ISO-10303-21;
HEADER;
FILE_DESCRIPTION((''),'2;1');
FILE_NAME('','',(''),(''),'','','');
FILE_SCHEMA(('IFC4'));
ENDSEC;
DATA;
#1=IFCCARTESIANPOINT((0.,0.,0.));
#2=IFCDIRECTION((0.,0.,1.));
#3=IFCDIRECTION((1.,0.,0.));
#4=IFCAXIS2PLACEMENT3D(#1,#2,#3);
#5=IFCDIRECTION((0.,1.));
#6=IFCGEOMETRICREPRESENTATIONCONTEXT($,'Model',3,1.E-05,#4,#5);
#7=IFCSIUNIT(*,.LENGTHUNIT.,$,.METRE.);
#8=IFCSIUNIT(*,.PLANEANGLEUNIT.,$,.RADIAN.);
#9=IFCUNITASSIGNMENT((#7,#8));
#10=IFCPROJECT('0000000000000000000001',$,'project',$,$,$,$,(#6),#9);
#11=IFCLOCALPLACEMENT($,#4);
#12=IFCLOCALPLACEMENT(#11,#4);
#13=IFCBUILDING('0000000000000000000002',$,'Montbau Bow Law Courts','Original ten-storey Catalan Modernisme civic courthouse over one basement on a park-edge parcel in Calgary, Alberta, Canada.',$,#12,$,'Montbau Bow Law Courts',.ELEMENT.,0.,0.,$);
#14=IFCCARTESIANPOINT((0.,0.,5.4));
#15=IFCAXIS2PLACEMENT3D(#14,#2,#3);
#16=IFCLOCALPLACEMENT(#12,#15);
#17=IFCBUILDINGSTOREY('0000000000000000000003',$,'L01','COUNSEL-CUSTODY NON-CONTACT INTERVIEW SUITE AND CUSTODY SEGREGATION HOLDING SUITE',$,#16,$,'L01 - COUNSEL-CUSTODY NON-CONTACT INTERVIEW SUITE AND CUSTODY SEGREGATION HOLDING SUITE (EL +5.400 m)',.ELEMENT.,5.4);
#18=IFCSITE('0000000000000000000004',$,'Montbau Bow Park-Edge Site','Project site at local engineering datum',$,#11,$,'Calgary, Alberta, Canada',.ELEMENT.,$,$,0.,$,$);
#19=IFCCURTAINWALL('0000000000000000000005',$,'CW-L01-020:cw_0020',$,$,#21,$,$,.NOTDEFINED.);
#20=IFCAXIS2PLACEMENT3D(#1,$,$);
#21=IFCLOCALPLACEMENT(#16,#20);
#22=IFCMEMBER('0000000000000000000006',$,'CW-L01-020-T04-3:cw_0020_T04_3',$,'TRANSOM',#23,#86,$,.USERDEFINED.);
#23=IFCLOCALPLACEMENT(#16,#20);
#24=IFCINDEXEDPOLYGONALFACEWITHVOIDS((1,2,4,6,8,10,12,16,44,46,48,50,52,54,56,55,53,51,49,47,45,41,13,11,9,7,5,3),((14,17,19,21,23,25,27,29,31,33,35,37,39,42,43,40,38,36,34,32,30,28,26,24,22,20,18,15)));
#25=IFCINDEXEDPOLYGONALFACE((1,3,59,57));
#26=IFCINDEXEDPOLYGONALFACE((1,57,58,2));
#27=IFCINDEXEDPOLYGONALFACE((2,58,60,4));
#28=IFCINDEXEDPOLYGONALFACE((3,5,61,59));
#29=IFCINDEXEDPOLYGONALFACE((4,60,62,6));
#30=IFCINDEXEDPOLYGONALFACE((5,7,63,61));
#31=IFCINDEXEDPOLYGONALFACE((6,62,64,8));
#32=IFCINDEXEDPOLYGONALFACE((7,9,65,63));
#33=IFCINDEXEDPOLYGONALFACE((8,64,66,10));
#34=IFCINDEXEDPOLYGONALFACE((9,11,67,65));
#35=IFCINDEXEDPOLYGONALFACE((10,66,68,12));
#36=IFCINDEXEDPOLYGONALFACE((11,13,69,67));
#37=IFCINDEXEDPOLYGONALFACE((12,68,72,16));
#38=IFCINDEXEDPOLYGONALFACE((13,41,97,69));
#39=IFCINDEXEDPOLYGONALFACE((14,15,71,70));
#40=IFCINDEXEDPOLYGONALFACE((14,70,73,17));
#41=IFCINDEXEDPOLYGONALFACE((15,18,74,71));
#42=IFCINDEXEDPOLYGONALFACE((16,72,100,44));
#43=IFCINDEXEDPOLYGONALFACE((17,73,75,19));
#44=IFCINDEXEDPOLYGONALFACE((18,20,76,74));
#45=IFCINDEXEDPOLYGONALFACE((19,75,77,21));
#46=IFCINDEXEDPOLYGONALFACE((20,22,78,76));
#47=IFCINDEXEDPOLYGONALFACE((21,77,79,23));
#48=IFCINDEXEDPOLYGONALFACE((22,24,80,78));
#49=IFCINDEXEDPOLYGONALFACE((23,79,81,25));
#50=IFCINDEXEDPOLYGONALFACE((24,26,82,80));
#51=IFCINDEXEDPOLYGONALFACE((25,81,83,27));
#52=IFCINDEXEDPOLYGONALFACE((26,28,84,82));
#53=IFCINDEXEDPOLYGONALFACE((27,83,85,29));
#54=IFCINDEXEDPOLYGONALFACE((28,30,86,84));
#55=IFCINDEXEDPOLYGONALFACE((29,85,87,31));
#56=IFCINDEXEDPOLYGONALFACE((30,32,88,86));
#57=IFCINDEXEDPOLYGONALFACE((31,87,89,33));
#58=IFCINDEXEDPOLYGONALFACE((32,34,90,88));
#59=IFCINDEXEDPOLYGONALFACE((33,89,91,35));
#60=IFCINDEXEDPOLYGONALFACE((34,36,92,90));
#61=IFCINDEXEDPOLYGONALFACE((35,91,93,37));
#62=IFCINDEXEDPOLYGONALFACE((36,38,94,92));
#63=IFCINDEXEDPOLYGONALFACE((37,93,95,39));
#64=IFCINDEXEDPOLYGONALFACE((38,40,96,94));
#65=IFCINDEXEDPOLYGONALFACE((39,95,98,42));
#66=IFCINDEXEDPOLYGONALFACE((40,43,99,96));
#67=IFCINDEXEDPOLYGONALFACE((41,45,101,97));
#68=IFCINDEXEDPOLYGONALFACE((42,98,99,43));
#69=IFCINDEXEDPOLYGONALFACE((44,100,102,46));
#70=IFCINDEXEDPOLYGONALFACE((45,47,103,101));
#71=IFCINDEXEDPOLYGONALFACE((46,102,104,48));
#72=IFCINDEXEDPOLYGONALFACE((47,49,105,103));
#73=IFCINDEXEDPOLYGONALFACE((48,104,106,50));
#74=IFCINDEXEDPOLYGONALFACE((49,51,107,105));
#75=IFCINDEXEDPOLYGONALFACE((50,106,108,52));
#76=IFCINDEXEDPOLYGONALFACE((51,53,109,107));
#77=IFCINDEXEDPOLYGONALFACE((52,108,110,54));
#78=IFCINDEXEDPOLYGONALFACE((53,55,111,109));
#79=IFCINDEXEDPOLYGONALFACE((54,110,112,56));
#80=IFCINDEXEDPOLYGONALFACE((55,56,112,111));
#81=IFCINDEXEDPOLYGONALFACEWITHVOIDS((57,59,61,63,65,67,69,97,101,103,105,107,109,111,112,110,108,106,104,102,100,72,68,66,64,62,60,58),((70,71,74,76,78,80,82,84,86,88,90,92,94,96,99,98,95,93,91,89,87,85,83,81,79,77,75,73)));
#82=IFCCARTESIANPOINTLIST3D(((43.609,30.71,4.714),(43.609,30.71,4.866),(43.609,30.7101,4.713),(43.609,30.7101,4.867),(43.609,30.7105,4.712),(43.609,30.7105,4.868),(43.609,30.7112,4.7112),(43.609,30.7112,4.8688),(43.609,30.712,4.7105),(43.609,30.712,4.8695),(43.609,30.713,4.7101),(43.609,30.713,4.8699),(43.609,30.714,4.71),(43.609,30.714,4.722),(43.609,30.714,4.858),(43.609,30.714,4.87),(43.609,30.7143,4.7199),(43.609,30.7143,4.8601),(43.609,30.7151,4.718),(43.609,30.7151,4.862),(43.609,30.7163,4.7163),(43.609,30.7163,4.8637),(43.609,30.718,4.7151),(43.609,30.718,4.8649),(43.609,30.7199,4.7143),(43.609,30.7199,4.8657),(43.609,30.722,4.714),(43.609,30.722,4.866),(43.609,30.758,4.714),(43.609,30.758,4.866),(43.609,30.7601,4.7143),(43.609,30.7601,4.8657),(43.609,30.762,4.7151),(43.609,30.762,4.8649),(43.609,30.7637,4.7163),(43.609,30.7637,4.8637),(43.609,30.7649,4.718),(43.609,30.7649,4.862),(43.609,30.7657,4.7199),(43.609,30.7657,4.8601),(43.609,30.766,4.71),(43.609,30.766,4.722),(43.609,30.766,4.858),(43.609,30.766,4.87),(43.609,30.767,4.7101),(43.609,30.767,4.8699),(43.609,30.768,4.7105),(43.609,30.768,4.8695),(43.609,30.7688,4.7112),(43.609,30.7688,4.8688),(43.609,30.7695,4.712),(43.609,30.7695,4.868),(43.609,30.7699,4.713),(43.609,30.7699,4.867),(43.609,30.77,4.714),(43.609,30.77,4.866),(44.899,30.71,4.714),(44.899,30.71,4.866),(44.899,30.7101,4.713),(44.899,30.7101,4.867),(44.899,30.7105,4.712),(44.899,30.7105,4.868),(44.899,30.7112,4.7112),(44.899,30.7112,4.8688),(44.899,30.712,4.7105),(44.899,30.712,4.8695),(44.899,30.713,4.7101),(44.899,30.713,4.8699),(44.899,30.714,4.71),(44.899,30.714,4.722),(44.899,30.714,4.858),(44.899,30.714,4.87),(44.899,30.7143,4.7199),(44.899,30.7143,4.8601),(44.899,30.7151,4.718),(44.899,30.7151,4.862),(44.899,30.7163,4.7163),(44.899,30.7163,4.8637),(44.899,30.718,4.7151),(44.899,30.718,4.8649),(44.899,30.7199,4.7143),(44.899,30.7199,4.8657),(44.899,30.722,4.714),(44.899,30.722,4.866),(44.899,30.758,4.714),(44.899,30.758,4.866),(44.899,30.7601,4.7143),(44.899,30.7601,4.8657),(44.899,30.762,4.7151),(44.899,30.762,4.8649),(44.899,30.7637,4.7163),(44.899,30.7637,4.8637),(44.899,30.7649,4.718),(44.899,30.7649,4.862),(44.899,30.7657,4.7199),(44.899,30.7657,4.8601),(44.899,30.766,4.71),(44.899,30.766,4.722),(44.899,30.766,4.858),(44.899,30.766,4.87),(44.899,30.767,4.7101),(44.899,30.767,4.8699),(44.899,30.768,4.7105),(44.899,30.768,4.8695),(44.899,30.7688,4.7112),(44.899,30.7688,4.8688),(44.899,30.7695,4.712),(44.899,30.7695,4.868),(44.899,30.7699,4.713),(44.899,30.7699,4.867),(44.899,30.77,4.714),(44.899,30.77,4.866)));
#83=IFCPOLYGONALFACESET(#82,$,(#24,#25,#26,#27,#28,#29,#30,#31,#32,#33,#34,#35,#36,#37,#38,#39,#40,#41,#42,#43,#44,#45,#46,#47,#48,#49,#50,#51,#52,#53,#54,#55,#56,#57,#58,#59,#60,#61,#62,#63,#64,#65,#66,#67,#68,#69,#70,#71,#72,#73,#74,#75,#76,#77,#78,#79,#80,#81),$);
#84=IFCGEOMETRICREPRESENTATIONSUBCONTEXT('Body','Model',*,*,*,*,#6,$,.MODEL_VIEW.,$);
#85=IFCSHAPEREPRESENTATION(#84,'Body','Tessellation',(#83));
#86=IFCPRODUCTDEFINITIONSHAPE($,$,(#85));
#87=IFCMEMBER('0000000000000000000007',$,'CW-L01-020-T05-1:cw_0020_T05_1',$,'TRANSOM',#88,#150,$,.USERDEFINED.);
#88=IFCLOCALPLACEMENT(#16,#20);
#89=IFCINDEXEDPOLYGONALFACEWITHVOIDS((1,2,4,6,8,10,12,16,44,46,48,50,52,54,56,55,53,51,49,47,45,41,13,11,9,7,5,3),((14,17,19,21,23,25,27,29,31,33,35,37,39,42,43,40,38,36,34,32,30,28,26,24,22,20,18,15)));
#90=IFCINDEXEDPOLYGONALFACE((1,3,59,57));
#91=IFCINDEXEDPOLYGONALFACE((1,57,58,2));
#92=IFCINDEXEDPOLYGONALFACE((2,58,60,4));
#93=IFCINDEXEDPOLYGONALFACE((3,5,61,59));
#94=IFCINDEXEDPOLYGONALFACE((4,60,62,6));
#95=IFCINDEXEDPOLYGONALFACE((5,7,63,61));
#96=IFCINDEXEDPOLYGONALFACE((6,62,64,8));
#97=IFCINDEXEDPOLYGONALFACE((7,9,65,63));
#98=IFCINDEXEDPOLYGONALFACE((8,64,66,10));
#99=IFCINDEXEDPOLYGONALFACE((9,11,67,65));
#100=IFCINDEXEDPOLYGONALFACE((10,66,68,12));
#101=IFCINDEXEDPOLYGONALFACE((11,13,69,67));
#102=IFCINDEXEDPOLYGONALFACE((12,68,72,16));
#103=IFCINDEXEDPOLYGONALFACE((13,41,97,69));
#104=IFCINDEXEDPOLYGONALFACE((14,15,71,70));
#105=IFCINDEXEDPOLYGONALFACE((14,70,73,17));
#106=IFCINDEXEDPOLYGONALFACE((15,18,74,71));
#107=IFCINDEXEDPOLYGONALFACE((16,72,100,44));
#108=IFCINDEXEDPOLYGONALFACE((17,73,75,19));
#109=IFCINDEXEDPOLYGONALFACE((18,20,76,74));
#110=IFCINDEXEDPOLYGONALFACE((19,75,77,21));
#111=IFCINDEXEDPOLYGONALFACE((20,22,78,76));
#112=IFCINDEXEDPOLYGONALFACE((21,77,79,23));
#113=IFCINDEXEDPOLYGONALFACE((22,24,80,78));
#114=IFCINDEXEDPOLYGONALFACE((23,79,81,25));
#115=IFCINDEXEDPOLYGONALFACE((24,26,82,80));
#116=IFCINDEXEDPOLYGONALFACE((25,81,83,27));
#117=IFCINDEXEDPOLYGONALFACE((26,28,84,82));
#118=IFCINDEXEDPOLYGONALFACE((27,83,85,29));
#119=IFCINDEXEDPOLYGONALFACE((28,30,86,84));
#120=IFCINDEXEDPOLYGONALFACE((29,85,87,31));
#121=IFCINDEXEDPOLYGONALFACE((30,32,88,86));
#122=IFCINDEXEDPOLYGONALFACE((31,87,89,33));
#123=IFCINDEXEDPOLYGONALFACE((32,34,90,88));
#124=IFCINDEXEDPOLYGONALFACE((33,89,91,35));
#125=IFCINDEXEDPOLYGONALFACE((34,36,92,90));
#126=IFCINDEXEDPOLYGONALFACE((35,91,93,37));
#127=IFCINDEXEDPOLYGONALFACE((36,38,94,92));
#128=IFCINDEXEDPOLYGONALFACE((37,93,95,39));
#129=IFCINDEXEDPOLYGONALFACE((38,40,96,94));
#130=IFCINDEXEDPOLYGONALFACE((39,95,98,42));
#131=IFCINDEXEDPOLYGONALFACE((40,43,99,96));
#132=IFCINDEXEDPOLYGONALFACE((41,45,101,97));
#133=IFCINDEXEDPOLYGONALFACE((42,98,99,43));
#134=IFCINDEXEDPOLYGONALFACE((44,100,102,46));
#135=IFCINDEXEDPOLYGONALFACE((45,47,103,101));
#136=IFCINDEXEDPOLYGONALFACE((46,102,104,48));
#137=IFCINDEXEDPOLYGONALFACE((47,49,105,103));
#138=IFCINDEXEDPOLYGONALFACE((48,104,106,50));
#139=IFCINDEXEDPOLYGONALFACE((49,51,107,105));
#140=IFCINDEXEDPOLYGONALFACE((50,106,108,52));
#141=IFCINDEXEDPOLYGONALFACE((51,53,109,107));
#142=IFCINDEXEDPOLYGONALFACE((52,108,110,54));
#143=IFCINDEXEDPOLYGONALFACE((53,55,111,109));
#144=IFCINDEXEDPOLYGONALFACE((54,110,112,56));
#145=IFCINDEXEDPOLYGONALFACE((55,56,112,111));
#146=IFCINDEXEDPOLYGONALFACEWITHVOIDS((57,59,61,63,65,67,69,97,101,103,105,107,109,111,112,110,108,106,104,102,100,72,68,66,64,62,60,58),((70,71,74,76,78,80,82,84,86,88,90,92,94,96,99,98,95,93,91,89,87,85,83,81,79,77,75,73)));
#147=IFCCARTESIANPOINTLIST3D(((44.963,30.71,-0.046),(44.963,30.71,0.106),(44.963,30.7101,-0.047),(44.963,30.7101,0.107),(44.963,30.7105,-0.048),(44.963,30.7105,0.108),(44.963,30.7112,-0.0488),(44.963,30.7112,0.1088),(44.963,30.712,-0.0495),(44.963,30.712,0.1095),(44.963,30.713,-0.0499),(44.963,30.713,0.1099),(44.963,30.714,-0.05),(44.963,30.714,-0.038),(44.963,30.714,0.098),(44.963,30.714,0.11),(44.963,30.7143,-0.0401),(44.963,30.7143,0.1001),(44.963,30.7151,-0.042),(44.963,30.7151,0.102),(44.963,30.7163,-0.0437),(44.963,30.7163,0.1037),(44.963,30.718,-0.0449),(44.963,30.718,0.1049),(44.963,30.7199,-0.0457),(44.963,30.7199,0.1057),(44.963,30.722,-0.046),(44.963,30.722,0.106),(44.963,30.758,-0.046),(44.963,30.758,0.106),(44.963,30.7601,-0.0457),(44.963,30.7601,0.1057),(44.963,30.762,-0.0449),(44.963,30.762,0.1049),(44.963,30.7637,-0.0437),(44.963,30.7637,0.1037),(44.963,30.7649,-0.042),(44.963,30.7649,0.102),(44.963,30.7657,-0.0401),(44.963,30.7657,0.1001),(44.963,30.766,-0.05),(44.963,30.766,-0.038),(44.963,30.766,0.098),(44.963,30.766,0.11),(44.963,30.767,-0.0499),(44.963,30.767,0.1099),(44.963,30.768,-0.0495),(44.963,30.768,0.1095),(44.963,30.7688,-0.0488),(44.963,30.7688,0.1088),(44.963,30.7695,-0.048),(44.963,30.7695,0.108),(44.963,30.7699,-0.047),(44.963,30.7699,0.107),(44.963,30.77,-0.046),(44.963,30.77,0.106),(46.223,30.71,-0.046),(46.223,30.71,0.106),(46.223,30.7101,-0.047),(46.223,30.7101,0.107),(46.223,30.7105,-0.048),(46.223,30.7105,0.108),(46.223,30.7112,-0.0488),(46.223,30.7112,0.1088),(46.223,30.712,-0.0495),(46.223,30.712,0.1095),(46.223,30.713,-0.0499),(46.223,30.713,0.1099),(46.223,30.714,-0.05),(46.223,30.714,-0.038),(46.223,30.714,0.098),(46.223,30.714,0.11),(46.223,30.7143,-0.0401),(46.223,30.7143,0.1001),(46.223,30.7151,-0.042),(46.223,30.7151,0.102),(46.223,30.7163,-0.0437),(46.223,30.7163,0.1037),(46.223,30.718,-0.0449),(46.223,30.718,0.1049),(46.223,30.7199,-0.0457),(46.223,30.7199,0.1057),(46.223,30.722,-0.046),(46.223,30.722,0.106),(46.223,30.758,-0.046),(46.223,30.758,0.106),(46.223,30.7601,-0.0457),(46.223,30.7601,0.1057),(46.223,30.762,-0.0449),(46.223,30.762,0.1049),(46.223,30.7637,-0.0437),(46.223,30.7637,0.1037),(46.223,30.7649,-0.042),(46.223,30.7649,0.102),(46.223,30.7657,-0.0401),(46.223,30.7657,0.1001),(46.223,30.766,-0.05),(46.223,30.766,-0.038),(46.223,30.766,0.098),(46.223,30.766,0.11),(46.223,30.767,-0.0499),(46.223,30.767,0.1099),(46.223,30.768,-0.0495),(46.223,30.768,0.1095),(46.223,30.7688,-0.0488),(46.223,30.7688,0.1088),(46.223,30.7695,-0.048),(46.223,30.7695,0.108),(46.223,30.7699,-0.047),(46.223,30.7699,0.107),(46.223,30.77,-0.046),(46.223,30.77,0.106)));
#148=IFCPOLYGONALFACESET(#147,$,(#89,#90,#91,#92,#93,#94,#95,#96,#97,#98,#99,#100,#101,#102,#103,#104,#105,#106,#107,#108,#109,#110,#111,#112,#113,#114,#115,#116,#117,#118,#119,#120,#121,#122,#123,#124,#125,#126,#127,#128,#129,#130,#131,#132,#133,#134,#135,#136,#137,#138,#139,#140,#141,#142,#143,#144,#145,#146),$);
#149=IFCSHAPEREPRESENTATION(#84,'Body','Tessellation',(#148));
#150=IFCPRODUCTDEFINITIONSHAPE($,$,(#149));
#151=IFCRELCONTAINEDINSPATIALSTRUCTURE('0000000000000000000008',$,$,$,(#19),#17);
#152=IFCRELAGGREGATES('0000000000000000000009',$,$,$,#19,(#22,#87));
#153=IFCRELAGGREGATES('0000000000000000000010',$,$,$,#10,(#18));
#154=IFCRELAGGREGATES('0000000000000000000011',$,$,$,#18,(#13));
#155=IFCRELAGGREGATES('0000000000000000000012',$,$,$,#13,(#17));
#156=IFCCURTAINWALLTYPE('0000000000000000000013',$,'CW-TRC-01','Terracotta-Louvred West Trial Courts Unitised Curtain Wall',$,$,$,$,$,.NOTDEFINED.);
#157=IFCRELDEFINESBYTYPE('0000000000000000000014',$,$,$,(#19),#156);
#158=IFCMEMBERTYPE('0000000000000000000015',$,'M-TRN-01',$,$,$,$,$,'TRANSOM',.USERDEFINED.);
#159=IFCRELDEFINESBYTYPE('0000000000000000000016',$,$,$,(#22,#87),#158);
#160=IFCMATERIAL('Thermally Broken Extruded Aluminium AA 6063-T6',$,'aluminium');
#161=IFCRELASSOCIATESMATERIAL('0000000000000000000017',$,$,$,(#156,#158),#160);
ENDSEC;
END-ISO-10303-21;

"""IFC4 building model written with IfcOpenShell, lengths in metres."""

from ifc_helpers import new_model, si_unit, direction, frame, origin_with_axes, origin_2d_with_axis, place, context, subcontext, project, spatial, hollow_rectangle, extrude, material, material_profile, profile_set, type_object, element, aggregate, save


model = new_model("IFC4")

# Units and contexts
model_context = context("Model", 3, precision=1e-05, world=origin_with_axes(), true_north=direction((0.0, 1.0)))
body_context = subcontext(model_context, "Body", "Model", "MODEL_VIEW")
ifc_project = project(units=[si_unit("LENGTHUNIT", "METRE"), si_unit("PLANEANGLEUNIT", "RADIAN")], contexts=[model_context])

# Site, building, storey
site_placement = place(None, origin_with_axes())
site = spatial("IfcSite", under=ifc_project, at=site_placement, Name="Montbau Bow Park-Edge Site", Description="Project site at local engineering datum", LongName="Calgary, Alberta, Canada", CompositionType="ELEMENT", RefElevation=0.0)
building_placement = place(site_placement, origin_with_axes())
building = spatial("IfcBuilding", under=site, at=building_placement, Name="Montbau Bow Law Courts", Description="Original ten-storey Catalan Modernisme civic courthouse over one basement on a park-edge parcel in Calgary, Alberta, Canada.", LongName="Montbau Bow Law Courts", CompositionType="ELEMENT", ElevationOfRefHeight=0.0, ElevationOfTerrain=0.0)
storey_placement = place(building_placement, frame((0.0, 0.0, 5.4), z_axis=(0.0, 0.0, 1.0), x_axis=(1.0, 0.0, 0.0)))
storey = spatial("IfcBuildingStorey", under=building, at=storey_placement, Name="L01", Description="COUNSEL-CUSTODY NON-CONTACT INTERVIEW SUITE AND CUSTODY SEGREGATION HOLDING SUITE", LongName="L01 - COUNSEL-CUSTODY NON-CONTACT INTERVIEW SUITE AND CUSTODY SEGREGATION HOLDING SUITE (EL +5.400 m)", CompositionType="ELEMENT", Elevation=5.4)

# Curtain wall
ifc_material_1 = material(Name="Thermally Broken Extruded Aluminium AA 6063-T6", Category="aluminium")
curtain_wall_type = type_object("IfcCurtainWallType", Name="CW-TRC-01", Description="Terracotta-Louvred West Trial Courts Unitised Curtain Wall", PredefinedType="NOTDEFINED", material=ifc_material_1)
curtain_wall_1_placement = place(None, frame((39.515, 30.74, 5.4), z_axis=(0.0, 0.0, 1.0), x_axis=(1.0, 0.0, 0.0)))
curtain_wall_1 = element("IfcCurtainWall", 1, at=curtain_wall_1_placement, inside=storey, type_object=curtain_wall_type, Name="CW-L01-020:cw_0020", PredefinedType="NOTDEFINED")

# Members
ifc_material_profile_1 = material_profile(ifc_material_1, hollow_rectangle(XDim=0.06, YDim=0.16, WallThickness=0.004, InnerFilletRadius=0.008, OuterFilletRadius=0.004, at=origin_2d_with_axis()), Name="CWT-160X60", Category="Main", Priority=0)
ifc_profile_set_1 = profile_set([ifc_material_profile_1], Name="Thermally Broken Extruded Aluminium AA 6063-T6")
member_type_1 = type_object("IfcMemberType", Name="M-TRN-01", ElementType="TRANSOM", PredefinedType="USERDEFINED", material=ifc_profile_set_1)
member_1_placement = place(None, frame((43.609, 30.74, 10.19), z_axis=(1.0, 0.0, 0.0), x_axis=(0.0, 1.0, 0.0)))
member_1 = element("IfcMember", 2, at=member_1_placement, type_object=member_type_1, Name="CW-L01-020-T04-3:cw_0020_T04_3", ObjectType="TRANSOM", PredefinedType="USERDEFINED", context=body_context, shape_type="SweptSolid", body=[
    extrude(hollow_rectangle(XDim=0.06, YDim=0.16, WallThickness=0.004, InnerFilletRadius=0.008, OuterFilletRadius=0.004, at=origin_2d_with_axis()), origin_with_axes(), (0.0, 0.0, 1.0), 1.29),
])
member_2_placement = place(None, frame((44.963, 30.74, 5.43), z_axis=(1.0, 0.0, 0.0), x_axis=(0.0, 1.0, 0.0)))
member_2 = element("IfcMember", 3, at=member_2_placement, type_object=member_type_1, Name="CW-L01-020-T05-1:cw_0020_T05_1", ObjectType="TRANSOM", PredefinedType="USERDEFINED", context=body_context, shape_type="SweptSolid", body=[
    extrude(hollow_rectangle(XDim=0.06, YDim=0.16, WallThickness=0.004, InnerFilletRadius=0.008, OuterFilletRadius=0.004, at=origin_2d_with_axis()), origin_with_axes(), (0.0, 0.0, 1.0), 1.26),
])

aggregate(curtain_wall_1, [member_1, member_2])

save(model, "model.ifc")
